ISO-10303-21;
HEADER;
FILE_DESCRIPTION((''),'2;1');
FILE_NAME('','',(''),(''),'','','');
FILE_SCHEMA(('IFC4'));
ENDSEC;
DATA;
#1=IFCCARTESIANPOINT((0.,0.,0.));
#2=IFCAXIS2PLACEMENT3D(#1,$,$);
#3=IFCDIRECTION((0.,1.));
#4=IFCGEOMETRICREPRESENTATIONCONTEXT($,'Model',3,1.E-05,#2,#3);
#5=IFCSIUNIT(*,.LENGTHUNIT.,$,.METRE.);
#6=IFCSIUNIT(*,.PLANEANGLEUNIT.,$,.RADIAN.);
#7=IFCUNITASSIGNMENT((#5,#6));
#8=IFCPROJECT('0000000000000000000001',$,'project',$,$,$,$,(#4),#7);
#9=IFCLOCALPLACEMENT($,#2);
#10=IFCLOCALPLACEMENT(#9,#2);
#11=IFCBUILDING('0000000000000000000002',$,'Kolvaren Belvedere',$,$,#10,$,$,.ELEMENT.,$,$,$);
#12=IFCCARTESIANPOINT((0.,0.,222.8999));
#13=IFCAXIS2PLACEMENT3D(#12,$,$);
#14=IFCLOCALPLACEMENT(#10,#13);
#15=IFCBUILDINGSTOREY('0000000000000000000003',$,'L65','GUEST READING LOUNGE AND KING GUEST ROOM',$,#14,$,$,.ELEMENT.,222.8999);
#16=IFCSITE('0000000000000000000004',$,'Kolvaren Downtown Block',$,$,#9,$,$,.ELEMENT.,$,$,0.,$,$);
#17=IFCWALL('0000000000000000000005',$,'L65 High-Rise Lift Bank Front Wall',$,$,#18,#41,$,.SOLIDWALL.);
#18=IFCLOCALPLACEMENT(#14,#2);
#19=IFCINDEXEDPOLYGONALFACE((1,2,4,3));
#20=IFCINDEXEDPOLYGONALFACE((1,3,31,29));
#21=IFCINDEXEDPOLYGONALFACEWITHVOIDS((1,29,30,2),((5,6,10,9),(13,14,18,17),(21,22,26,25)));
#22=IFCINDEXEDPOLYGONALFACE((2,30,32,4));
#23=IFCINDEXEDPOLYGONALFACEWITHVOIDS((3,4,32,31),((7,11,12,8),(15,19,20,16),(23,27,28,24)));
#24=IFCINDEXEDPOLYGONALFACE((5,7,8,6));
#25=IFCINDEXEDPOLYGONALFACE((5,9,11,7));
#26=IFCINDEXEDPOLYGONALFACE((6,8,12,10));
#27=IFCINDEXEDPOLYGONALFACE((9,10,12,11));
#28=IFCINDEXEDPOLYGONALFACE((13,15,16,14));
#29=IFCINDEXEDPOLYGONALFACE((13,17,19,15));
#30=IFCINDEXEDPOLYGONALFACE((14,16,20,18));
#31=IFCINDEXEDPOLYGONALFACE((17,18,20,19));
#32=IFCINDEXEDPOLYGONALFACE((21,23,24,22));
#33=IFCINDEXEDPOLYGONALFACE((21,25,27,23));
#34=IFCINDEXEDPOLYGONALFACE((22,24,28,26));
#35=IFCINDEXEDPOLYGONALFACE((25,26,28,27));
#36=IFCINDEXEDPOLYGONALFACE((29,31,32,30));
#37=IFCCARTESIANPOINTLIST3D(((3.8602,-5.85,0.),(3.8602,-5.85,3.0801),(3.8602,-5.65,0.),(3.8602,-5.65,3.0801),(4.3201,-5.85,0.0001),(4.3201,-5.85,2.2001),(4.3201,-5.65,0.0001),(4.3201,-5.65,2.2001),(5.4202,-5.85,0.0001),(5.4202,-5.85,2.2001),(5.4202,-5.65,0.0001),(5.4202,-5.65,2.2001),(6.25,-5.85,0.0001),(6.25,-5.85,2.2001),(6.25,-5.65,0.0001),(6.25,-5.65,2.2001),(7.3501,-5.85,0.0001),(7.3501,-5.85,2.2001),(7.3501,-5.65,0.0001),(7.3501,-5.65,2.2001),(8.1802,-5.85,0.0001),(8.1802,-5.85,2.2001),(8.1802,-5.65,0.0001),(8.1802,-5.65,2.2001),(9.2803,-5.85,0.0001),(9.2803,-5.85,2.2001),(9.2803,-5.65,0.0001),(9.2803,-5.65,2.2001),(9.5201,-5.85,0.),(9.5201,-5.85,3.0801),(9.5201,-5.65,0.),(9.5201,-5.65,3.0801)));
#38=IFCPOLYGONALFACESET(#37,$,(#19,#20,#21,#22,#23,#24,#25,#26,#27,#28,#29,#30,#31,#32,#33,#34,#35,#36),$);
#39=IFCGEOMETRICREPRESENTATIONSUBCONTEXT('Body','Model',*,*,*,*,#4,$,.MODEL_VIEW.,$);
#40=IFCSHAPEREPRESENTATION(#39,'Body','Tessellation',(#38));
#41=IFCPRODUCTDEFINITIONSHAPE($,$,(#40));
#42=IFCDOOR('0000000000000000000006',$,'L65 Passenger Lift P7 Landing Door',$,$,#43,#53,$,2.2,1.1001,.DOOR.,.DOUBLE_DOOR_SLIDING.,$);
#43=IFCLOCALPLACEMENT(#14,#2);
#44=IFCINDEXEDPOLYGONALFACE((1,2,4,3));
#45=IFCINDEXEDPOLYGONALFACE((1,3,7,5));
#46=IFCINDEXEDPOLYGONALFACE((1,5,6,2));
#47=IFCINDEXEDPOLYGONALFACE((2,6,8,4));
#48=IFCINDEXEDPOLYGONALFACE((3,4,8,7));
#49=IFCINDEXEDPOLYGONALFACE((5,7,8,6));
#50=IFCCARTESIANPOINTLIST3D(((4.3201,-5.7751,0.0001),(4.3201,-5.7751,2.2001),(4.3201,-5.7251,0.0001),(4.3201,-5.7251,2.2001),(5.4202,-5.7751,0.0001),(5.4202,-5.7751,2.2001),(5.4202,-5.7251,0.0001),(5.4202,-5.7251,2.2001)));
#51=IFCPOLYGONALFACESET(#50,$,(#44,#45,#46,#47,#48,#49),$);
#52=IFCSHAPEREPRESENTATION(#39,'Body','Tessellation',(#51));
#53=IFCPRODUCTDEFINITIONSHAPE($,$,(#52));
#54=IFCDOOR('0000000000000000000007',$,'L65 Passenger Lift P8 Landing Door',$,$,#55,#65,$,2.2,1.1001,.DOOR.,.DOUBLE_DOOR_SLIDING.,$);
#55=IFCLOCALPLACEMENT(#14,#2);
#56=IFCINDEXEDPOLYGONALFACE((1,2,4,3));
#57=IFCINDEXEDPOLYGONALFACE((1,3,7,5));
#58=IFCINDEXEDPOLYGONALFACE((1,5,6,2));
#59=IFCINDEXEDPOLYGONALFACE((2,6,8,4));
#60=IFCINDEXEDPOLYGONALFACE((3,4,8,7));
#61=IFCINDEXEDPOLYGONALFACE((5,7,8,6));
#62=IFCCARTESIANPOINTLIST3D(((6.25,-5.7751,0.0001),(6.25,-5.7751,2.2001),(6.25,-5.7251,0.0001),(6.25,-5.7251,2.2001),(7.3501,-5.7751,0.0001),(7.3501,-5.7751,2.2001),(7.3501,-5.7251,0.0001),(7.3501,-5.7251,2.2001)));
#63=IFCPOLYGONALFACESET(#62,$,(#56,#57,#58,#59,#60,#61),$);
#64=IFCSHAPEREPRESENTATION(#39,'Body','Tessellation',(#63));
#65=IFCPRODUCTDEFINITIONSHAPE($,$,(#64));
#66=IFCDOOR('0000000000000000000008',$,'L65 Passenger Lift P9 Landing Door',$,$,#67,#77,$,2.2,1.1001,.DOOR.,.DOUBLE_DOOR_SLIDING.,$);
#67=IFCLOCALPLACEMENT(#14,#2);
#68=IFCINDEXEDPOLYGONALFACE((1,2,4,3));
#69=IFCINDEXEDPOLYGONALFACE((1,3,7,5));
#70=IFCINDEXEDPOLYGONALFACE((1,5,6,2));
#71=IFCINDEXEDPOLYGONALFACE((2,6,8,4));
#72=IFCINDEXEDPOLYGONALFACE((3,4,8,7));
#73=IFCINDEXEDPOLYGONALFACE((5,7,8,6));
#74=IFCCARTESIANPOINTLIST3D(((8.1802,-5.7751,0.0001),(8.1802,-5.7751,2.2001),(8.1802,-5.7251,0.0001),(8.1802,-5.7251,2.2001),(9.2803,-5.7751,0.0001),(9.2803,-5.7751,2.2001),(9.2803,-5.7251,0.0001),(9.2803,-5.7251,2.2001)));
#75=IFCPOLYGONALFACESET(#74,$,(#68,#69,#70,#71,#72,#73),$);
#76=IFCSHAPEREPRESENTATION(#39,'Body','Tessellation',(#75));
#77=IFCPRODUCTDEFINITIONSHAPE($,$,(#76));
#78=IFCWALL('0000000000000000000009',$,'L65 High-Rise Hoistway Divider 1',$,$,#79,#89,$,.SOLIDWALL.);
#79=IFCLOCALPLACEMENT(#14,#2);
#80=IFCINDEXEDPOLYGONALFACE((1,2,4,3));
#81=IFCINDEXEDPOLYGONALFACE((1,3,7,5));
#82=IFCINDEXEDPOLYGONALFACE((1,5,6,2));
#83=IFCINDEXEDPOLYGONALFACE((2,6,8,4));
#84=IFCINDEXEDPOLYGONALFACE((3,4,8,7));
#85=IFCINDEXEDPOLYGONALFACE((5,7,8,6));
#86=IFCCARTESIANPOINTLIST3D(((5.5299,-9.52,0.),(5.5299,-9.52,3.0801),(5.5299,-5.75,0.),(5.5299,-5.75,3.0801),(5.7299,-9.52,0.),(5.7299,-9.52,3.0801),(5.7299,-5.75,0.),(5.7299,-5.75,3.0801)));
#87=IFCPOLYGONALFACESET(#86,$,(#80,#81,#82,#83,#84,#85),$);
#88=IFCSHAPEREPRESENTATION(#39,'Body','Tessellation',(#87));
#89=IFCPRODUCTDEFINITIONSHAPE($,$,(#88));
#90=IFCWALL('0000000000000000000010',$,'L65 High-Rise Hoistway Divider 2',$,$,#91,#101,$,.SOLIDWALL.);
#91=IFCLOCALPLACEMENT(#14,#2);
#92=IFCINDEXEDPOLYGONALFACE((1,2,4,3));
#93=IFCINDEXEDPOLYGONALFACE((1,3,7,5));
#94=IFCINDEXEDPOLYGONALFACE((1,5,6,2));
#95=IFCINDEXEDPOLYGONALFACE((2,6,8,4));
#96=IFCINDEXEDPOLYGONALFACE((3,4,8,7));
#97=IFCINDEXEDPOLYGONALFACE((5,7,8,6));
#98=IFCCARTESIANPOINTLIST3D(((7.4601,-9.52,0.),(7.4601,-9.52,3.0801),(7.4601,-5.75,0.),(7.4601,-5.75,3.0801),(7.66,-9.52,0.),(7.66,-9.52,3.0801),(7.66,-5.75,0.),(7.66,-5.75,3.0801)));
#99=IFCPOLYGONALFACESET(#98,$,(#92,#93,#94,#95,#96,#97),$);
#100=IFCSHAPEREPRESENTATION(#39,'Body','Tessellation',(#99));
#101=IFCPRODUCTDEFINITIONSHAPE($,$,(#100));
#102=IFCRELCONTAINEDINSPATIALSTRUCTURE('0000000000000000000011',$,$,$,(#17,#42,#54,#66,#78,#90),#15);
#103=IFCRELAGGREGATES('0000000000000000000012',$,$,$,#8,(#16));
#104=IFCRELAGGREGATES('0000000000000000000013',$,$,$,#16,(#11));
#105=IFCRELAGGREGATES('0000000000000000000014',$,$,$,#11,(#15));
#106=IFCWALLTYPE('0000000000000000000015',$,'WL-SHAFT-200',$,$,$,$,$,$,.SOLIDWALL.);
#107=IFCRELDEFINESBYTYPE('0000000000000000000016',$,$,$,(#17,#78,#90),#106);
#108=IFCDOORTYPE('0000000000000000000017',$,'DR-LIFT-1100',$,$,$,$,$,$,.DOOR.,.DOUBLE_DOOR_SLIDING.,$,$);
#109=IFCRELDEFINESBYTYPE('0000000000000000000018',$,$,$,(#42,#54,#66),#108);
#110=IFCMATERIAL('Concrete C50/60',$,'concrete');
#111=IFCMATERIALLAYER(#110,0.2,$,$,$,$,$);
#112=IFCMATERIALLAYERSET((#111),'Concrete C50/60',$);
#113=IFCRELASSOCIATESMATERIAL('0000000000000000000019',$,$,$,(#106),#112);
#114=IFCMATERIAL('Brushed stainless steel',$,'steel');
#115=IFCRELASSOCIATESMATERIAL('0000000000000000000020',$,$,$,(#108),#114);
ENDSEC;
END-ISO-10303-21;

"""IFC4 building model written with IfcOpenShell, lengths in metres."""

from ifc_helpers import new_model, si_unit, direction, frame, frame_2d, origin, place, context, subcontext, project, spatial, rectangle, extrude, material, layer, layer_set, type_object, element, fill, save


model = new_model("IFC4")

# Units and contexts
model_context = context("Model", 3, precision=1e-05, world=origin(), true_north=direction((0.0, 1.0)))
body_context = subcontext(model_context, "Body", "Model", "MODEL_VIEW")
ifc_project = project(units=[si_unit("LENGTHUNIT", "METRE"), si_unit("PLANEANGLEUNIT", "RADIAN")], contexts=[model_context])

# Site, building, storey
site_placement = place(None, origin())
site = spatial("IfcSite", under=ifc_project, at=site_placement, Name="Kolvaren Downtown Block", CompositionType="ELEMENT", RefElevation=0.0)
building_placement = place(site_placement, origin())
building = spatial("IfcBuilding", under=site, at=building_placement, Name="Kolvaren Belvedere", CompositionType="ELEMENT")
storey_placement = place(building_placement, frame((0.0, 0.0, 222.8999)))
storey = spatial("IfcBuildingStorey", under=building, at=storey_placement, Name="L65", Description="GUEST READING LOUNGE AND KING GUEST ROOM", CompositionType="ELEMENT", Elevation=222.8999)

# Shared definitions
ifc_material_1 = material(Name="Concrete C50/60", Category="concrete")
ifc_layer_1 = layer(ifc_material_1, 0.2)
ifc_layer_set_1 = layer_set([ifc_layer_1], Name="Concrete C50/60")
wall_type_1 = type_object("IfcWallType", Name="WL-SHAFT-200", PredefinedType="SOLIDWALL", material=ifc_layer_set_1)
ifc_material_2 = material(Name="Brushed stainless steel", Category="steel")
door_type_1 = type_object("IfcDoorType", Name="DR-LIFT-1100", OperationType="DOUBLE_DOOR_SLIDING", PredefinedType="DOOR", material=ifc_material_2)

# Wall, openings, doors
wall_1_placement = place(storey_placement, frame((3.8601, -5.75, 0.0), z_axis=(0.0, 0.0, 1.0), x_axis=(1.0, 0.0, 0.0)))
wall_1 = element("IfcWall", 1, at=wall_1_placement, inside=storey, type_object=wall_type_1, Name="L65 High-Rise Lift Bank Front Wall", PredefinedType="SOLIDWALL", context=body_context, shape_type="SweptSolid", body=[
    extrude(rectangle(XDim=5.6599, YDim=0.2, at=frame_2d((2.8301, 0.0))), origin(), (0.0, 0.0, 1.0), 3.0801),
])
opening_1_placement = place(wall_1_placement, frame((0.46, 0.0, 0.0)))
opening_1 = element("IfcOpeningElement", 2, at=opening_1_placement, cuts=wall_1, PredefinedType="OPENING", context=body_context, shape_type="SweptSolid", body=[
    extrude(rectangle(XDim=1.1001, YDim=2.2, at=frame_2d((0.55, 1.1001))), frame((0.0, 0.1099, 0.0), z_axis=(0.0, -1.0, 0.0), x_axis=(1.0, 0.0, 0.0)), (0.0, 0.0, 1.0), 0.22),
])
opening_2_placement = place(wall_1_placement, frame((2.3899, 0.0, 0.0)))
opening_2 = element("IfcOpeningElement", 3, at=opening_2_placement, cuts=wall_1, PredefinedType="OPENING", context=body_context, shape_type="SweptSolid", body=[
    extrude(rectangle(XDim=1.1001, YDim=2.2, at=frame_2d((0.55, 1.1001))), frame((0.0, 0.1099, 0.0), z_axis=(0.0, -1.0, 0.0), x_axis=(1.0, 0.0, 0.0)), (0.0, 0.0, 1.0), 0.22),
])
opening_3_placement = place(wall_1_placement, frame((4.3201, 0.0, 0.0)))
opening_3 = element("IfcOpeningElement", 4, at=opening_3_placement, cuts=wall_1, PredefinedType="OPENING", context=body_context, shape_type="SweptSolid", body=[
    extrude(rectangle(XDim=1.1001, YDim=2.2, at=frame_2d((0.55, 1.1001))), frame((0.0, 0.1099, 0.0), z_axis=(0.0, -1.0, 0.0), x_axis=(1.0, 0.0, 0.0)), (0.0, 0.0, 1.0), 0.22),
])
door_1_placement = place(opening_1_placement, origin())
door_1 = element("IfcDoor", 5, at=door_1_placement, inside=storey, type_object=door_type_1, Name="L65 Passenger Lift P7 Landing Door", OperationType="DOUBLE_DOOR_SLIDING", OverallHeight=2.2, OverallWidth=1.1001, PredefinedType="DOOR", context=body_context, shape_type="SweptSolid", body=[
    extrude(rectangle(XDim=1.1001, YDim=2.2, at=frame_2d((0.55, 1.1001))), frame((0.0, 0.0249, 0.0), z_axis=(0.0, -1.0, 0.0), x_axis=(1.0, 0.0, 0.0)), (0.0, 0.0, 1.0), 0.05),
])
fill(opening_1, door_1)
door_2_placement = place(opening_2_placement, origin())
door_2 = element("IfcDoor", 6, at=door_2_placement, inside=storey, type_object=door_type_1, Name="L65 Passenger Lift P8 Landing Door", OperationType="DOUBLE_DOOR_SLIDING", OverallHeight=2.2, OverallWidth=1.1001, PredefinedType="DOOR", context=body_context, shape_type="SweptSolid", body=[
    extrude(rectangle(XDim=1.1001, YDim=2.2, at=frame_2d((0.55, 1.1001))), frame((0.0, 0.0249, 0.0), z_axis=(0.0, -1.0, 0.0), x_axis=(1.0, 0.0, 0.0)), (0.0, 0.0, 1.0), 0.05),
])
fill(opening_2, door_2)
door_3_placement = place(opening_3_placement, origin())
door_3 = element("IfcDoor", 7, at=door_3_placement, inside=storey, type_object=door_type_1, Name="L65 Passenger Lift P9 Landing Door", OperationType="DOUBLE_DOOR_SLIDING", OverallHeight=2.2, OverallWidth=1.1001, PredefinedType="DOOR", context=body_context, shape_type="SweptSolid", body=[
    extrude(rectangle(XDim=1.1001, YDim=2.2, at=frame_2d((0.55, 1.1001))), frame((0.0, 0.0249, 0.0), z_axis=(0.0, -1.0, 0.0), x_axis=(1.0, 0.0, 0.0)), (0.0, 0.0, 1.0), 0.05),
])
fill(opening_3, door_3)

# Walls
for number, where, z_axis, x_axis, name in (
    (8, (5.6299, -9.52, 0.0), (0.0, 0.0, 1.0), (0.0, 1.0, 0.0), "L65 High-Rise Hoistway Divider 1"),
    (9, (7.5601, -9.52, 0.0), (0.0, 0.0, 1.0), (0.0, 1.0, 0.0), "L65 High-Rise Hoistway Divider 2"),
):
    element("IfcWall", number, at=place(storey_placement, frame(where, z_axis=z_axis, x_axis=x_axis)), inside=storey, type_object=wall_type_1, Name=name, PredefinedType="SOLIDWALL", context=body_context, shape_type="SweptSolid", body=[
        extrude(rectangle(XDim=3.77, YDim=0.2, at=frame_2d((1.885, 0.0))), origin(), (0.0, 0.0, 1.0), 3.0801),
    ])

save(model, "model.ifc")
